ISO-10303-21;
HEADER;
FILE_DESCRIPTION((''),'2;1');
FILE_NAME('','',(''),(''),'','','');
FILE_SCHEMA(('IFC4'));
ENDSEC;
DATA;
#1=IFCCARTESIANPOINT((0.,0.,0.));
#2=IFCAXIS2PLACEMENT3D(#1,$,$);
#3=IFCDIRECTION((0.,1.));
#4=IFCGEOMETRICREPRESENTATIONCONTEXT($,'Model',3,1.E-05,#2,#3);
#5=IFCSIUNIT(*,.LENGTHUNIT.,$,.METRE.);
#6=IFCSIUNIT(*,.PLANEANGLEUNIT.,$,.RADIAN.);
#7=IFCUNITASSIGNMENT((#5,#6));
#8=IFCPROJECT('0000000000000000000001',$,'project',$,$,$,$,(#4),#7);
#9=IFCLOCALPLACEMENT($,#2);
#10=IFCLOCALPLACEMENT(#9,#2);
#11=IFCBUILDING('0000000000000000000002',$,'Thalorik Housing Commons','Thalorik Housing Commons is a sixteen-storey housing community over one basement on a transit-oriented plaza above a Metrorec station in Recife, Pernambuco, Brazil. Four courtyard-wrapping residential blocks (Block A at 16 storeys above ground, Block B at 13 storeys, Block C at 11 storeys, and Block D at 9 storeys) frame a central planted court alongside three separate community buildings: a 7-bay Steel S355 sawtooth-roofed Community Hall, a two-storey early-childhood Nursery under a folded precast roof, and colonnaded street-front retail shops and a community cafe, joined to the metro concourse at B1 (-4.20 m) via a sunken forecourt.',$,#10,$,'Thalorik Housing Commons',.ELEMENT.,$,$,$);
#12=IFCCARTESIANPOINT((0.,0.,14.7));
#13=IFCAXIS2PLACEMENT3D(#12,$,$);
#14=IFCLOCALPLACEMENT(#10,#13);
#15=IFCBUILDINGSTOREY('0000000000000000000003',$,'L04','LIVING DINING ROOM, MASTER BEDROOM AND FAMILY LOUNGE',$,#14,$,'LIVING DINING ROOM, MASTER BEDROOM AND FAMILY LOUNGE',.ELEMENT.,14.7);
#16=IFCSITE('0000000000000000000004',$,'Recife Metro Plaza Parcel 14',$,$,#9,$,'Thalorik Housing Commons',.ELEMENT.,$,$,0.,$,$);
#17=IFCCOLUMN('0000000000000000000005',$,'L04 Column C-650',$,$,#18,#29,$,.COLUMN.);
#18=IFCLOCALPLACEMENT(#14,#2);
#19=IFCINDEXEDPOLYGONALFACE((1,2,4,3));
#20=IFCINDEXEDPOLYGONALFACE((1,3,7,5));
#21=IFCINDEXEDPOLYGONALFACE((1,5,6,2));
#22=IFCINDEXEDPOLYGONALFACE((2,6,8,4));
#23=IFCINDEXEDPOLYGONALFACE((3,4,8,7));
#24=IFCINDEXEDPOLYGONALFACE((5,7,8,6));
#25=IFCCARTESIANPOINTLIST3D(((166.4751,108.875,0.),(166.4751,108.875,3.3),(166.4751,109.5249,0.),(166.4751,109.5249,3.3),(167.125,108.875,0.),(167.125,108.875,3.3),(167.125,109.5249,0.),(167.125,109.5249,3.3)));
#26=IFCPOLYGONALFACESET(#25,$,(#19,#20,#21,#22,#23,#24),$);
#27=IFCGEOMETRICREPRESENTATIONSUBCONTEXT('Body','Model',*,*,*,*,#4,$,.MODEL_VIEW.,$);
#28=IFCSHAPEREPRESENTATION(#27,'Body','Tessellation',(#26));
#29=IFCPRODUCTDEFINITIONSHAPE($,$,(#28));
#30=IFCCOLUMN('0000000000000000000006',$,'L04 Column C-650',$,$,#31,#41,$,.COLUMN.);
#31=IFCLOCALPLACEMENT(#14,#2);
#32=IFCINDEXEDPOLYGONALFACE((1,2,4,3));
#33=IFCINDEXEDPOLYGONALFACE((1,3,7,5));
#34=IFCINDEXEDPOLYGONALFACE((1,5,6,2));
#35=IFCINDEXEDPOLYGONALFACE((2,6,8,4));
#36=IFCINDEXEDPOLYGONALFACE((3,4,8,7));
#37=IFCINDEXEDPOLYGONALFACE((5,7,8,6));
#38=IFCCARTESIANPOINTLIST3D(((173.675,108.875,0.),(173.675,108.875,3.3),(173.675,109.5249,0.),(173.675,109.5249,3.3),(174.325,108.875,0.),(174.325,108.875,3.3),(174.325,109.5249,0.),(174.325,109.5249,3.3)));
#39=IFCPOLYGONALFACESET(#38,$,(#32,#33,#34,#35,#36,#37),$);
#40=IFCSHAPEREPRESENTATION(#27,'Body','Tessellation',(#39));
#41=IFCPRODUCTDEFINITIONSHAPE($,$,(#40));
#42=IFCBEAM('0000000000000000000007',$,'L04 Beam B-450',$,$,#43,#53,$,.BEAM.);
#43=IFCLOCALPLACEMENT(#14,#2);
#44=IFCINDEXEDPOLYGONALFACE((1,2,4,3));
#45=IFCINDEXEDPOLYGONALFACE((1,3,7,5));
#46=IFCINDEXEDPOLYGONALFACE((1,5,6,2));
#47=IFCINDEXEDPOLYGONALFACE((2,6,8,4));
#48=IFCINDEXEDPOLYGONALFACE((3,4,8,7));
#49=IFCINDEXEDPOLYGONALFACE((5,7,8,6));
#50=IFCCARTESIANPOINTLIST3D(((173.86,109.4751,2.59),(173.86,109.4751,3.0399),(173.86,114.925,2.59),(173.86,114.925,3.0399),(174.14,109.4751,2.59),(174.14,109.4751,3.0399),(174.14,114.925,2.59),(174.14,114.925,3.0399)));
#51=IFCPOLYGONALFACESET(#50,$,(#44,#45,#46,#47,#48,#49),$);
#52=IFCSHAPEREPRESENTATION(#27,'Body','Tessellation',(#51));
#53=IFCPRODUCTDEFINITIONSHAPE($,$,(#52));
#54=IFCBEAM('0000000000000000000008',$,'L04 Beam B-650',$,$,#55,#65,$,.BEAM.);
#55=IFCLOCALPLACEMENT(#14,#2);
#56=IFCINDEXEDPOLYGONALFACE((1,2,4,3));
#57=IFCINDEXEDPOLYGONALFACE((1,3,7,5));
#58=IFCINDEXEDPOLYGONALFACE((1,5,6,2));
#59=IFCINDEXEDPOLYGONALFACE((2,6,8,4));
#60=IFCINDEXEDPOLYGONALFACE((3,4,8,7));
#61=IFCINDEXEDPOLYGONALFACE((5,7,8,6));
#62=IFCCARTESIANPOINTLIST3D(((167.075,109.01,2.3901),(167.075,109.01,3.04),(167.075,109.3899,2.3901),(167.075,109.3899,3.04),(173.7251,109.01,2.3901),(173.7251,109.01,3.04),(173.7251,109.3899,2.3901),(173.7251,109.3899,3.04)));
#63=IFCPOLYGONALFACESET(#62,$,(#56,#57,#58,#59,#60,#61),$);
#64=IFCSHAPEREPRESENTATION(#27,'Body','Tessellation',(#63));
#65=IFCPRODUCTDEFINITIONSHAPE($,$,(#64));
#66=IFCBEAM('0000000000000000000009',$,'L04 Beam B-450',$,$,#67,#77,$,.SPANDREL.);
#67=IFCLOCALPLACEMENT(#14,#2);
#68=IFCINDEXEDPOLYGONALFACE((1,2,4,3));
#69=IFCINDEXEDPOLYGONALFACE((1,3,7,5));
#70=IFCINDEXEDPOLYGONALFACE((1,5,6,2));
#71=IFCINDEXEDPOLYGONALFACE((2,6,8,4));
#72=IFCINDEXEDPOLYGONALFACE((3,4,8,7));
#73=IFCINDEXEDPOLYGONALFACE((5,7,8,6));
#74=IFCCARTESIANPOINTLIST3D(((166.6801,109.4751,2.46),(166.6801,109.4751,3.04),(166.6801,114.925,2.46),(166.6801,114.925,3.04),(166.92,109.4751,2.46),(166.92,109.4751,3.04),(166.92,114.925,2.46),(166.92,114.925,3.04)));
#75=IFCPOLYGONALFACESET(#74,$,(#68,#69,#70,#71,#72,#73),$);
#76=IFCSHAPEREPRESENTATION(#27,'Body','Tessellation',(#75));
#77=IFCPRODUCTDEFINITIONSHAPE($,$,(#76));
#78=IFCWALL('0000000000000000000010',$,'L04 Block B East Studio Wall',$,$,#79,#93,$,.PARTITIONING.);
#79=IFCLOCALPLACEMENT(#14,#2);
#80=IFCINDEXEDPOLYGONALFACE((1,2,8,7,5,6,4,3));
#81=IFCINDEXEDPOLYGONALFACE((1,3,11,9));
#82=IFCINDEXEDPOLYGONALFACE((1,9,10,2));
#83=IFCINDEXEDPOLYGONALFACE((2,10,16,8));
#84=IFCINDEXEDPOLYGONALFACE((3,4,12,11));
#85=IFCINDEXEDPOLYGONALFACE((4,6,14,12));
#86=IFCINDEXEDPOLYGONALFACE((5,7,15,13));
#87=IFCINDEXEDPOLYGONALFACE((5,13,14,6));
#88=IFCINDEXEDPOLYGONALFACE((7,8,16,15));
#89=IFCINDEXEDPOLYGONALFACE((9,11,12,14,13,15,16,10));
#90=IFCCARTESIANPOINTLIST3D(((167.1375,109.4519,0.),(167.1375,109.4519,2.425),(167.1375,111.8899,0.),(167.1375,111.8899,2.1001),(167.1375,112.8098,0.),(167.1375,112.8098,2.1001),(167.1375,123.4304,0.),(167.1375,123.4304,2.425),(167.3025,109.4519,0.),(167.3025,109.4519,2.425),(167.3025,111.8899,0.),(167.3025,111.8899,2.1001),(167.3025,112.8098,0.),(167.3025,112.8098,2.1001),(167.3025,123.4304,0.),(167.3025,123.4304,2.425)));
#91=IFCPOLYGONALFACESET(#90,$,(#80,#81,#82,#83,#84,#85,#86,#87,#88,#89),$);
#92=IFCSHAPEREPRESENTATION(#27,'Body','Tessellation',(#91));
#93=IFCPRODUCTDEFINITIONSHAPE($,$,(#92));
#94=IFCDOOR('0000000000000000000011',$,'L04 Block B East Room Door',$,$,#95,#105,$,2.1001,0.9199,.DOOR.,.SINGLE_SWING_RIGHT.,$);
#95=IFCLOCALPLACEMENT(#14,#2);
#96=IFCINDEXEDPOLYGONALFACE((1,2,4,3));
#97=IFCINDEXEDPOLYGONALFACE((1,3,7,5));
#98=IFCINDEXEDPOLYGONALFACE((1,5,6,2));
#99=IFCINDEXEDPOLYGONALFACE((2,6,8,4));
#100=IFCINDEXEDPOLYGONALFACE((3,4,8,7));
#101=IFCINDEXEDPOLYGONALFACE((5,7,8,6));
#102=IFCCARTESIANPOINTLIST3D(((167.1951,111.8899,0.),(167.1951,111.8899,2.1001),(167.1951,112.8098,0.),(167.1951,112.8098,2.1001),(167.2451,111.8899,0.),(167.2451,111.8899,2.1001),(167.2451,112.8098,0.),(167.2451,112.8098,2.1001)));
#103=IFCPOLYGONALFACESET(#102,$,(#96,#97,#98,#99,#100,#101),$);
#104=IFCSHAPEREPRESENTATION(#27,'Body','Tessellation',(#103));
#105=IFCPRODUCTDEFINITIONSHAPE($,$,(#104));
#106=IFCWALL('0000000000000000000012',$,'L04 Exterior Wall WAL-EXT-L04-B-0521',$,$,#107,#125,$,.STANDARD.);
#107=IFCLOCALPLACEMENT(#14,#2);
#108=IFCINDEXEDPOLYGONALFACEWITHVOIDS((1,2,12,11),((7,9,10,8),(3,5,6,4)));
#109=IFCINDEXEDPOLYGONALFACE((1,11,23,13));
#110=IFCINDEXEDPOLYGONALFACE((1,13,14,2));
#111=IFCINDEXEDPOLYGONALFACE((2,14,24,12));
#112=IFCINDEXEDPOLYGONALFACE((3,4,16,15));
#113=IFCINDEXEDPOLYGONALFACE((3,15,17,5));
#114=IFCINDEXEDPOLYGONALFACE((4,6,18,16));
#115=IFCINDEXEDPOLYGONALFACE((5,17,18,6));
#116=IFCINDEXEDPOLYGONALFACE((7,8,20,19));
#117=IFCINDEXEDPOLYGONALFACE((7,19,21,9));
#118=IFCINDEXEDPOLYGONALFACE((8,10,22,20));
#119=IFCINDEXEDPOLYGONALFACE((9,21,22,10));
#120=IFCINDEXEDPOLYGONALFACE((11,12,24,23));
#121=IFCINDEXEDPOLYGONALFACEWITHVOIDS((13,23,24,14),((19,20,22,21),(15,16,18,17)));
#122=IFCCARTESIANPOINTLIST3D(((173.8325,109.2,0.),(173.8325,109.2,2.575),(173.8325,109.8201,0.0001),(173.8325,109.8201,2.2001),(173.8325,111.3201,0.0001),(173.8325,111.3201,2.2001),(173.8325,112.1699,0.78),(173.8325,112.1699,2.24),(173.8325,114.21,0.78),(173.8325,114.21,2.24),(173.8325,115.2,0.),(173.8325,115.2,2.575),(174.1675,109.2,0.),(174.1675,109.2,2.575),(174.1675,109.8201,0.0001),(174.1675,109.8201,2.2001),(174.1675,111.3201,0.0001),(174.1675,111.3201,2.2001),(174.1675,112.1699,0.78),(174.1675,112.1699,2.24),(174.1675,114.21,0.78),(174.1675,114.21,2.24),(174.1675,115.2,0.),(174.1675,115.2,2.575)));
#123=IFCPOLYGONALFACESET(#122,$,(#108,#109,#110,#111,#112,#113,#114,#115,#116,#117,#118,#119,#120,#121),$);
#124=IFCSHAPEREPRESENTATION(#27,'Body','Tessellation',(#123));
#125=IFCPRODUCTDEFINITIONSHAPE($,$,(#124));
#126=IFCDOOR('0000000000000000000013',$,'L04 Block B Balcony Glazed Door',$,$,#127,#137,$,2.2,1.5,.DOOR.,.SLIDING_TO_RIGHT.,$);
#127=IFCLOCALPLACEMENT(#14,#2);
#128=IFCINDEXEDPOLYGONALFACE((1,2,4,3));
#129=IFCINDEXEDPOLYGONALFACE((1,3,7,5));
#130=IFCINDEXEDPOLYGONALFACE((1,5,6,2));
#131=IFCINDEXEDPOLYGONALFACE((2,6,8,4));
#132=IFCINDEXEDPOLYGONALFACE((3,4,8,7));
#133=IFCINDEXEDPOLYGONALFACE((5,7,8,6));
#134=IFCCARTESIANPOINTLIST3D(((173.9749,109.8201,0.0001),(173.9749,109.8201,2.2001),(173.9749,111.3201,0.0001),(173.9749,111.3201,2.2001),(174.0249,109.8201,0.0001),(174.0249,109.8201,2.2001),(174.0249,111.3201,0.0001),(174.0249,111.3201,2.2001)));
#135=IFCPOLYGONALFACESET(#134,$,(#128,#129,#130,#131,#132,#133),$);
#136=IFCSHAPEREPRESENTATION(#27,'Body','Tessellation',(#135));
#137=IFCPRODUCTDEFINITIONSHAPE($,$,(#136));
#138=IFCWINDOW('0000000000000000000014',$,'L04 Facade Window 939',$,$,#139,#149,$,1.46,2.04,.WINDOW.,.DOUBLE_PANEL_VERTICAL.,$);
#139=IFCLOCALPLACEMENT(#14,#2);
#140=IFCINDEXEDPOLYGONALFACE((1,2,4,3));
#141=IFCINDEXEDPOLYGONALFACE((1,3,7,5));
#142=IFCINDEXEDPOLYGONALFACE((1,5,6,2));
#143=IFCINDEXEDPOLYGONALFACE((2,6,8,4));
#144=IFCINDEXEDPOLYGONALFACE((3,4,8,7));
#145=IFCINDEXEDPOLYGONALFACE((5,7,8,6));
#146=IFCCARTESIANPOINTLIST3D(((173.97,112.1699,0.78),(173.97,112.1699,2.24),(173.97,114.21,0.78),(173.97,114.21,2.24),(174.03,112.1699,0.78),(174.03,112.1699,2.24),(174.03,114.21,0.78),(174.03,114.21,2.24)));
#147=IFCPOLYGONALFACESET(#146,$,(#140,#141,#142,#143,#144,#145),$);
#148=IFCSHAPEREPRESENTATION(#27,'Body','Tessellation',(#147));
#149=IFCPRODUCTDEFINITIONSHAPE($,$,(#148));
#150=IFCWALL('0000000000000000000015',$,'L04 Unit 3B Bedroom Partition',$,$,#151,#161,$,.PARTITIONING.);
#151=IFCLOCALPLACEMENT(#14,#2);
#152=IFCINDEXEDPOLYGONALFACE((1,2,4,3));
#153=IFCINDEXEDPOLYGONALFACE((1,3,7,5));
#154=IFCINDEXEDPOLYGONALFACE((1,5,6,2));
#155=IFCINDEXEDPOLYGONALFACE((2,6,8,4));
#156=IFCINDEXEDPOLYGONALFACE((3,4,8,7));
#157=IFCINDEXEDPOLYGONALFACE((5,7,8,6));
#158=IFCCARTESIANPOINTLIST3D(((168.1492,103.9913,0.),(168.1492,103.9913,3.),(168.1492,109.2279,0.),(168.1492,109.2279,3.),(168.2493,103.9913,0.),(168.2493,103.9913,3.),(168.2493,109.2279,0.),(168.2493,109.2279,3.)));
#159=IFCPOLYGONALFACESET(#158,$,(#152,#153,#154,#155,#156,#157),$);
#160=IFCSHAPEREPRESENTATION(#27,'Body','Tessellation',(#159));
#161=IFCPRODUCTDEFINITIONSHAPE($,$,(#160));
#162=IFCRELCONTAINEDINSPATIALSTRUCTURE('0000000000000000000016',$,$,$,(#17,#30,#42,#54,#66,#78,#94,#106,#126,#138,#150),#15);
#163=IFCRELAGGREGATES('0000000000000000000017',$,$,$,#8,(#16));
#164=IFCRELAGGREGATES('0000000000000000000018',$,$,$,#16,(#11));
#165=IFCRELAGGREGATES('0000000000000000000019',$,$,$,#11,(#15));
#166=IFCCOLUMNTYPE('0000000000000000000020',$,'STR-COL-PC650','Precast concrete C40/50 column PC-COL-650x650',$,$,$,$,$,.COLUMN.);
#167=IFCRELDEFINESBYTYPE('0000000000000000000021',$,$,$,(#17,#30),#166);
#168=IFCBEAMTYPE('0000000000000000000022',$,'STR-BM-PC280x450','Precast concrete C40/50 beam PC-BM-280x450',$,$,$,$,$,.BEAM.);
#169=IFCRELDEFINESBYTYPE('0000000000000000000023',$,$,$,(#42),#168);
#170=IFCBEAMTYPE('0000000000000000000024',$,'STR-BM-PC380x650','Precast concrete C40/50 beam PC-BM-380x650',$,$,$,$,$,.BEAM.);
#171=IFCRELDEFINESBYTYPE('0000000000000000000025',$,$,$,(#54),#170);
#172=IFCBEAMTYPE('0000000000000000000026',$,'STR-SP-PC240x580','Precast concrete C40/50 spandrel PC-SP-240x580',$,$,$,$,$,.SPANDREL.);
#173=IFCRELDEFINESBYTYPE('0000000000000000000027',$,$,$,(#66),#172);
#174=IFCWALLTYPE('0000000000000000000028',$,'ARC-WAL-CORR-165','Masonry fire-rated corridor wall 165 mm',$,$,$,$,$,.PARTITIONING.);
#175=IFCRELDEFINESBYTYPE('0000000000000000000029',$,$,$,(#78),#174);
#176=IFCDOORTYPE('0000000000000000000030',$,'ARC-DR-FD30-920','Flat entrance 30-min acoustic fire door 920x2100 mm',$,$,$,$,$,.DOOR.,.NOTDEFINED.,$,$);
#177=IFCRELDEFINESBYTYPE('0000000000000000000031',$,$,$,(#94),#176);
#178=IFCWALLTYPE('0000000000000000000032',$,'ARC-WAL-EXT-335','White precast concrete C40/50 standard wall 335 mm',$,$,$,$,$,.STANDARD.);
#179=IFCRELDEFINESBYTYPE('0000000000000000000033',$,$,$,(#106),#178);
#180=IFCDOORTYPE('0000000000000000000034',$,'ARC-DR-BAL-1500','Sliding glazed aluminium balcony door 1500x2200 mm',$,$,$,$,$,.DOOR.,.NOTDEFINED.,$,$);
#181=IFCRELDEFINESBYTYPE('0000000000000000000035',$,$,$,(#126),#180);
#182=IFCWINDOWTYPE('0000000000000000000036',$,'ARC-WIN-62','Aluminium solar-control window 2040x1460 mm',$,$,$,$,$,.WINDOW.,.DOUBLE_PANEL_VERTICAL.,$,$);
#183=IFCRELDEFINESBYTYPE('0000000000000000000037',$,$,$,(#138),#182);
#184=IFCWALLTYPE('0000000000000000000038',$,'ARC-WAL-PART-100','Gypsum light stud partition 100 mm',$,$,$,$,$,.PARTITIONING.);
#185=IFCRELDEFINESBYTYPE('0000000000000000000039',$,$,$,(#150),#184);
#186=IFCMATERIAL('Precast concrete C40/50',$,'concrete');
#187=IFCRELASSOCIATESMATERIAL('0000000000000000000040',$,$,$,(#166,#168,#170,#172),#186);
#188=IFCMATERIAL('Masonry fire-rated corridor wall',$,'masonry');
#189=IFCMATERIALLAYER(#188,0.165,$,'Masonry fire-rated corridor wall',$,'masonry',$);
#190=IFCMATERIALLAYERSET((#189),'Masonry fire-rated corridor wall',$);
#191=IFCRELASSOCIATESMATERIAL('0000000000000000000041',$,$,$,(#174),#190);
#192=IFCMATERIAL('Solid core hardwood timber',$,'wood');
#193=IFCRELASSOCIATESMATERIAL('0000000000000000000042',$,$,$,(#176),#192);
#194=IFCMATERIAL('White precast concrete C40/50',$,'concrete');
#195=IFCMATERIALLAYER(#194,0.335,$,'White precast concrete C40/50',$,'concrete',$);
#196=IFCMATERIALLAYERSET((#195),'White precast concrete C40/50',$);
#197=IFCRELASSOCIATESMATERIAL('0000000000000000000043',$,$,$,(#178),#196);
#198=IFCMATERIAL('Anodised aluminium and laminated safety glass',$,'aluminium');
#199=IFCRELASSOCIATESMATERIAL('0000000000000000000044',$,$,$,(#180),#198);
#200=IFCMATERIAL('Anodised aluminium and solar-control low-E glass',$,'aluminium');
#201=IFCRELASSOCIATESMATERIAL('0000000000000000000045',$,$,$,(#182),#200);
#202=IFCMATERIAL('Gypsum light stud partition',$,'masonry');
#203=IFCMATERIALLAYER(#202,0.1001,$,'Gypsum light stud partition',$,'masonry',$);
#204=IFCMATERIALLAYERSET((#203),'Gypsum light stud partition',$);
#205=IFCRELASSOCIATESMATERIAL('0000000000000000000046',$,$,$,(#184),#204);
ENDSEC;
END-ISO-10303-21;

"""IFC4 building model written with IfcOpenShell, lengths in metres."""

from ifc_helpers import new_model, si_unit, direction, frame, frame_2d, origin, origin_2d, place, context, subcontext, project, spatial, rectangle, extrude, material, layer, layer_set, material_profile, profile_set, type_object, element, fill, save


model = new_model("IFC4")

# Units and contexts
model_context = context("Model", 3, precision=1e-05, world=origin(), true_north=direction((0.0, 1.0)))
body_context = subcontext(model_context, "Body", "Model", "MODEL_VIEW")
ifc_project = project(units=[si_unit("LENGTHUNIT", "METRE"), si_unit("PLANEANGLEUNIT", "RADIAN")], contexts=[model_context])

# Site, building, storey
site_placement = place(None, origin())
site = spatial("IfcSite", under=ifc_project, at=site_placement, Name="Recife Metro Plaza Parcel 14", LongName="Thalorik Housing Commons", CompositionType="ELEMENT", RefElevation=0.0)
building_placement = place(site_placement, origin())
building = spatial("IfcBuilding", under=site, at=building_placement, Name="Thalorik Housing Commons", Description="Thalorik Housing Commons is a sixteen-storey housing community over one basement on a transit-oriented plaza above a Metrorec station in Recife, Pernambuco, Brazil. Four courtyard-wrapping residential blocks (Block A at 16 storeys above ground, Block B at 13 storeys, Block C at 11 storeys, and Block D at 9 storeys) frame a central planted court alongside three separate community buildings: a 7-bay Steel S355 sawtooth-roofed Community Hall, a two-storey early-childhood Nursery under a folded precast roof, and colonnaded street-front retail shops and a community cafe, joined to the metro concourse at B1 (-4.20 m) via a sunken forecourt.", LongName="Thalorik Housing Commons", CompositionType="ELEMENT")
storey_placement = place(building_placement, frame((0.0, 0.0, 14.7)))
storey = spatial("IfcBuildingStorey", under=building, at=storey_placement, Name="L04", Description="LIVING DINING ROOM, MASTER BEDROOM AND FAMILY LOUNGE", LongName="LIVING DINING ROOM, MASTER BEDROOM AND FAMILY LOUNGE", CompositionType="ELEMENT", Elevation=14.7)

# Columns
ifc_material_1 = material(Name="Precast concrete C40/50", Category="concrete")
ifc_material_profile_1 = material_profile(ifc_material_1, rectangle(XDim=0.6499, YDim=0.6499, at=origin_2d()), Name="PC 650x650", Category="concrete")
ifc_profile_set_1 = profile_set([ifc_material_profile_1], Name="Precast concrete C40/50")
column_type = type_object("IfcColumnType", Name="STR-COL-PC650", Description="Precast concrete C40/50 column PC-COL-650x650", PredefinedType="COLUMN", material=ifc_profile_set_1)
for number, where, z_axis, x_axis, name in (
    (1, (166.8, 109.2, 0.0), (0.0, 0.0, 1.0), (1.0, 0.0, 0.0), "L04 Column C-650"),
    (2, (174.0, 109.2, 0.0), (0.0, 0.0, 1.0), (1.0, 0.0, 0.0), "L04 Column C-650"),
):
    element("IfcColumn", number, at=place(storey_placement, frame(where, z_axis=z_axis, x_axis=x_axis)), inside=storey, type_object=column_type, Name=name, PredefinedType="COLUMN", context=body_context, shape_type="SweptSolid", body=[
        extrude(rectangle(XDim=0.6499, YDim=0.6499, at=origin_2d()), origin(), (0.0, 0.0, 1.0), 3.3),
    ])

# Beams
ifc_material_profile_2 = material_profile(ifc_material_1, rectangle(XDim=0.28, YDim=0.45, at=origin_2d()), Name="PC 280x450", Category="concrete")
ifc_profile_set_2 = profile_set([ifc_material_profile_2], Name="Precast concrete C40/50")
beam_type_1 = type_object("IfcBeamType", Name="STR-BM-PC280x450", Description="Precast concrete C40/50 beam PC-BM-280x450", PredefinedType="BEAM", material=ifc_profile_set_2)
beam_1_placement = place(storey_placement, frame((174.0, 109.4751, 2.8149), z_axis=(0.0, 1.0, 0.0), x_axis=(-1.0, 0.0, 0.0)))
element("IfcBeam", 3, at=beam_1_placement, inside=storey, type_object=beam_type_1, Name="L04 Beam B-450", PredefinedType="BEAM", context=body_context, shape_type="SweptSolid", body=[
    extrude(rectangle(XDim=0.28, YDim=0.45, at=origin_2d()), origin(), (0.0, 0.0, 1.0), 5.45),
])
ifc_material_profile_3 = material_profile(ifc_material_1, rectangle(XDim=0.3799, YDim=0.6499, at=origin_2d()), Name="PC 380x650", Category="concrete")
ifc_profile_set_3 = profile_set([ifc_material_profile_3], Name="Precast concrete C40/50")
beam_type_2 = type_object("IfcBeamType", Name="STR-BM-PC380x650", Description="Precast concrete C40/50 beam PC-BM-380x650", PredefinedType="BEAM", material=ifc_profile_set_3)
beam_2_placement = place(storey_placement, frame((167.075, 109.2, 2.7151), z_axis=(1.0, 0.0, 0.0), x_axis=(0.0, 1.0, 0.0)))
element("IfcBeam", 4, at=beam_2_placement, inside=storey, type_object=beam_type_2, Name="L04 Beam B-650", PredefinedType="BEAM", context=body_context, shape_type="SweptSolid", body=[
    extrude(rectangle(XDim=0.3799, YDim=0.6499, at=origin_2d()), origin(), (0.0, 0.0, 1.0), 6.6501),
])
ifc_material_profile_4 = material_profile(ifc_material_1, rectangle(XDim=0.24, YDim=0.5801, at=origin_2d()), Name="PC SP 240x580", Category="concrete")
ifc_profile_set_4 = profile_set([ifc_material_profile_4], Name="Precast concrete C40/50")
beam_type_3 = type_object("IfcBeamType", Name="STR-SP-PC240x580", Description="Precast concrete C40/50 spandrel PC-SP-240x580", PredefinedType="SPANDREL", material=ifc_profile_set_4)
beam_3_placement = place(storey_placement, frame((166.8, 109.4751, 2.75), z_axis=(0.0, 1.0, 0.0), x_axis=(-1.0, 0.0, 0.0)))
element("IfcBeam", 5, at=beam_3_placement, inside=storey, type_object=beam_type_3, Name="L04 Beam B-450", PredefinedType="SPANDREL", context=body_context, shape_type="SweptSolid", body=[
    extrude(rectangle(XDim=0.24, YDim=0.5801, at=origin_2d()), origin(), (0.0, 0.0, 1.0), 5.45),
])

# Wall, opening, door
ifc_material_2 = material(Name="Masonry fire-rated corridor wall", Category="masonry")
ifc_layer_1 = layer(ifc_material_2, 0.165, Name="Masonry fire-rated corridor wall", Category="masonry")
ifc_layer_set_1 = layer_set([ifc_layer_1], Name="Masonry fire-rated corridor wall")
wall_type_1 = type_object("IfcWallType", Name="ARC-WAL-CORR-165", Description="Masonry fire-rated corridor wall 165 mm", PredefinedType="PARTITIONING", material=ifc_layer_set_1)
wall_1_placement = place(storey_placement, frame((167.22, 109.4519, 0.0), z_axis=(0.0, 0.0, 1.0), x_axis=(0.0, 1.0, 0.0)))
wall_1 = element("IfcWall", 6, at=wall_1_placement, inside=storey, type_object=wall_type_1, Name="L04 Block B East Studio Wall", PredefinedType="PARTITIONING", context=body_context, shape_type="SweptSolid", body=[
    extrude(rectangle(XDim=13.9785, YDim=0.165, at=frame_2d((6.9893, 0.0))), origin(), (0.0, 0.0, 1.0), 2.425),
])
opening_1_placement = place(wall_1_placement, frame((2.438, 0.0, 0.0)))
opening_1 = element("IfcOpeningElement", 7, at=opening_1_placement, cuts=wall_1, PredefinedType="OPENING", context=body_context, shape_type="SweptSolid", body=[
    extrude(rectangle(XDim=0.9199, YDim=2.1001, at=frame_2d((0.46, 1.05))), frame((0.0, 0.0925, 0.0), z_axis=(0.0, -1.0, 0.0), x_axis=(1.0, 0.0, 0.0)), (0.0, 0.0, 1.0), 0.1851),
])
ifc_material_3 = material(Name="Solid core hardwood timber", Category="wood")
door_type_1 = type_object("IfcDoorType", Name="ARC-DR-FD30-920", Description="Flat entrance 30-min acoustic fire door 920x2100 mm", OperationType="NOTDEFINED", PredefinedType="DOOR", material=ifc_material_3)
door_1_placement = place(opening_1_placement, origin())
door_1 = element("IfcDoor", 8, at=door_1_placement, inside=storey, type_object=door_type_1, Name="L04 Block B East Room Door", OperationType="SINGLE_SWING_RIGHT", OverallHeight=2.1001, OverallWidth=0.9199, PredefinedType="DOOR", context=body_context, shape_type="SweptSolid", body=[
    extrude(rectangle(XDim=0.9199, YDim=2.1001, at=frame_2d((0.46, 1.05))), frame((0.0, 0.0249, 0.0), z_axis=(0.0, -1.0, 0.0), x_axis=(1.0, 0.0, 0.0)), (0.0, 0.0, 1.0), 0.05),
])
fill(opening_1, door_1)

# Wall, openings, door, window
ifc_material_4 = material(Name="White precast concrete C40/50", Category="concrete")
ifc_layer_2 = layer(ifc_material_4, 0.335, Name="White precast concrete C40/50", Category="concrete")
ifc_layer_set_2 = layer_set([ifc_layer_2], Name="White precast concrete C40/50")
wall_type_2 = type_object("IfcWallType", Name="ARC-WAL-EXT-335", Description="White precast concrete C40/50 standard wall 335 mm", PredefinedType="STANDARD", material=ifc_layer_set_2)
wall_2_placement = place(storey_placement, frame((174.0, 109.2, 0.0), z_axis=(0.0, 0.0, 1.0), x_axis=(0.0, 1.0, 0.0)))
wall_2 = element("IfcWall", 9, at=wall_2_placement, inside=storey, type_object=wall_type_2, Name="L04 Exterior Wall WAL-EXT-L04-B-0521", PredefinedType="STANDARD", context=body_context, shape_type="SweptSolid", body=[
    extrude(rectangle(XDim=6.0, YDim=0.335, at=frame_2d((3.0, 0.0))), origin(), (0.0, 0.0, 1.0), 2.575),
])
opening_2_placement = place(wall_2_placement, frame((0.6201, 0.0, 0.0)))
opening_2 = element("IfcOpeningElement", 10, at=opening_2_placement, cuts=wall_2, PredefinedType="OPENING", context=body_context, shape_type="SweptSolid", body=[
    extrude(rectangle(XDim=1.5, YDim=2.2, at=frame_2d((0.75, 1.1001))), frame((0.0, 0.1775, 0.0), z_axis=(0.0, -1.0, 0.0), x_axis=(1.0, 0.0, 0.0)), (0.0, 0.0, 1.0), 0.355),
])
opening_3_placement = place(wall_2_placement, frame((2.97, 0.0, 0.78)))
opening_3 = element("IfcOpeningElement", 11, at=opening_3_placement, cuts=wall_2, PredefinedType="OPENING", context=body_context, shape_type="SweptSolid", body=[
    extrude(rectangle(XDim=2.04, YDim=1.46, at=frame_2d((1.02, 0.73))), frame((0.0, 0.1775, 0.0), z_axis=(0.0, -1.0, 0.0), x_axis=(1.0, 0.0, 0.0)), (0.0, 0.0, 1.0), 0.355),
])
ifc_material_5 = material(Name="Anodised aluminium and laminated safety glass", Category="aluminium")
door_type_2 = type_object("IfcDoorType", Name="ARC-DR-BAL-1500", Description="Sliding glazed aluminium balcony door 1500x2200 mm", OperationType="NOTDEFINED", PredefinedType="DOOR", material=ifc_material_5)
door_2_placement = place(opening_2_placement, frame((1.5, 0.0, 0.0), z_axis=(0.0, 0.0, 1.0), x_axis=(-1.0, 0.0, 0.0)))
door_2 = element("IfcDoor", 12, at=door_2_placement, inside=storey, type_object=door_type_2, Name="L04 Block B Balcony Glazed Door", OperationType="SLIDING_TO_RIGHT", OverallHeight=2.2, OverallWidth=1.5, PredefinedType="DOOR", context=body_context, shape_type="SweptSolid", body=[
    extrude(rectangle(XDim=1.5, YDim=2.2, at=frame_2d((0.75, 1.1001))), frame((0.0, 0.0249, 0.0), z_axis=(0.0, -1.0, 0.0), x_axis=(1.0, 0.0, 0.0)), (0.0, 0.0, 1.0), 0.05),
])
fill(opening_2, door_2)
ifc_material_6 = material(Name="Anodised aluminium and solar-control low-E glass", Category="aluminium")
window_type = type_object("IfcWindowType", Name="ARC-WIN-62", Description="Aluminium solar-control window 2040x1460 mm", PartitioningType="DOUBLE_PANEL_VERTICAL", PredefinedType="WINDOW", material=ifc_material_6)
window_placement = place(opening_3_placement, origin())
window = element("IfcWindow", 13, at=window_placement, inside=storey, type_object=window_type, Name="L04 Facade Window 939", OverallHeight=1.46, OverallWidth=2.04, PartitioningType="DOUBLE_PANEL_VERTICAL", PredefinedType="WINDOW", context=body_context, shape_type="SweptSolid", body=[
    extrude(rectangle(XDim=2.04, YDim=1.46, at=frame_2d((1.02, 0.73))), frame((0.0, 0.03, 0.0), z_axis=(0.0, -1.0, 0.0), x_axis=(1.0, 0.0, 0.0)), (0.0, 0.0, 1.0), 0.0601),
])
fill(opening_3, window)

# Wall
ifc_material_7 = material(Name="Gypsum light stud partition", Category="masonry")
ifc_layer_3 = layer(ifc_material_7, 0.1001, Name="Gypsum light stud partition", Category="masonry")
ifc_layer_set_3 = layer_set([ifc_layer_3], Name="Gypsum light stud partition")
wall_type_3 = type_object("IfcWallType", Name="ARC-WAL-PART-100", Description="Gypsum light stud partition 100 mm", PredefinedType="PARTITIONING", material=ifc_layer_set_3)
wall_3_placement = place(storey_placement, frame((168.1992, 103.9915, 0.0), z_axis=(0.0, 0.0, 1.0), x_axis=(0.0, 1.0, 0.0)))
element("IfcWall", 14, at=wall_3_placement, inside=storey, type_object=wall_type_3, Name="L04 Unit 3B Bedroom Partition", PredefinedType="PARTITIONING", context=body_context, shape_type="SweptSolid", body=[
    extrude(rectangle(XDim=5.2366, YDim=0.1001, at=frame_2d((2.6182, 0.0))), origin(), (0.0, 0.0, 1.0), 3.0),
])

save(model, "model.ifc")
